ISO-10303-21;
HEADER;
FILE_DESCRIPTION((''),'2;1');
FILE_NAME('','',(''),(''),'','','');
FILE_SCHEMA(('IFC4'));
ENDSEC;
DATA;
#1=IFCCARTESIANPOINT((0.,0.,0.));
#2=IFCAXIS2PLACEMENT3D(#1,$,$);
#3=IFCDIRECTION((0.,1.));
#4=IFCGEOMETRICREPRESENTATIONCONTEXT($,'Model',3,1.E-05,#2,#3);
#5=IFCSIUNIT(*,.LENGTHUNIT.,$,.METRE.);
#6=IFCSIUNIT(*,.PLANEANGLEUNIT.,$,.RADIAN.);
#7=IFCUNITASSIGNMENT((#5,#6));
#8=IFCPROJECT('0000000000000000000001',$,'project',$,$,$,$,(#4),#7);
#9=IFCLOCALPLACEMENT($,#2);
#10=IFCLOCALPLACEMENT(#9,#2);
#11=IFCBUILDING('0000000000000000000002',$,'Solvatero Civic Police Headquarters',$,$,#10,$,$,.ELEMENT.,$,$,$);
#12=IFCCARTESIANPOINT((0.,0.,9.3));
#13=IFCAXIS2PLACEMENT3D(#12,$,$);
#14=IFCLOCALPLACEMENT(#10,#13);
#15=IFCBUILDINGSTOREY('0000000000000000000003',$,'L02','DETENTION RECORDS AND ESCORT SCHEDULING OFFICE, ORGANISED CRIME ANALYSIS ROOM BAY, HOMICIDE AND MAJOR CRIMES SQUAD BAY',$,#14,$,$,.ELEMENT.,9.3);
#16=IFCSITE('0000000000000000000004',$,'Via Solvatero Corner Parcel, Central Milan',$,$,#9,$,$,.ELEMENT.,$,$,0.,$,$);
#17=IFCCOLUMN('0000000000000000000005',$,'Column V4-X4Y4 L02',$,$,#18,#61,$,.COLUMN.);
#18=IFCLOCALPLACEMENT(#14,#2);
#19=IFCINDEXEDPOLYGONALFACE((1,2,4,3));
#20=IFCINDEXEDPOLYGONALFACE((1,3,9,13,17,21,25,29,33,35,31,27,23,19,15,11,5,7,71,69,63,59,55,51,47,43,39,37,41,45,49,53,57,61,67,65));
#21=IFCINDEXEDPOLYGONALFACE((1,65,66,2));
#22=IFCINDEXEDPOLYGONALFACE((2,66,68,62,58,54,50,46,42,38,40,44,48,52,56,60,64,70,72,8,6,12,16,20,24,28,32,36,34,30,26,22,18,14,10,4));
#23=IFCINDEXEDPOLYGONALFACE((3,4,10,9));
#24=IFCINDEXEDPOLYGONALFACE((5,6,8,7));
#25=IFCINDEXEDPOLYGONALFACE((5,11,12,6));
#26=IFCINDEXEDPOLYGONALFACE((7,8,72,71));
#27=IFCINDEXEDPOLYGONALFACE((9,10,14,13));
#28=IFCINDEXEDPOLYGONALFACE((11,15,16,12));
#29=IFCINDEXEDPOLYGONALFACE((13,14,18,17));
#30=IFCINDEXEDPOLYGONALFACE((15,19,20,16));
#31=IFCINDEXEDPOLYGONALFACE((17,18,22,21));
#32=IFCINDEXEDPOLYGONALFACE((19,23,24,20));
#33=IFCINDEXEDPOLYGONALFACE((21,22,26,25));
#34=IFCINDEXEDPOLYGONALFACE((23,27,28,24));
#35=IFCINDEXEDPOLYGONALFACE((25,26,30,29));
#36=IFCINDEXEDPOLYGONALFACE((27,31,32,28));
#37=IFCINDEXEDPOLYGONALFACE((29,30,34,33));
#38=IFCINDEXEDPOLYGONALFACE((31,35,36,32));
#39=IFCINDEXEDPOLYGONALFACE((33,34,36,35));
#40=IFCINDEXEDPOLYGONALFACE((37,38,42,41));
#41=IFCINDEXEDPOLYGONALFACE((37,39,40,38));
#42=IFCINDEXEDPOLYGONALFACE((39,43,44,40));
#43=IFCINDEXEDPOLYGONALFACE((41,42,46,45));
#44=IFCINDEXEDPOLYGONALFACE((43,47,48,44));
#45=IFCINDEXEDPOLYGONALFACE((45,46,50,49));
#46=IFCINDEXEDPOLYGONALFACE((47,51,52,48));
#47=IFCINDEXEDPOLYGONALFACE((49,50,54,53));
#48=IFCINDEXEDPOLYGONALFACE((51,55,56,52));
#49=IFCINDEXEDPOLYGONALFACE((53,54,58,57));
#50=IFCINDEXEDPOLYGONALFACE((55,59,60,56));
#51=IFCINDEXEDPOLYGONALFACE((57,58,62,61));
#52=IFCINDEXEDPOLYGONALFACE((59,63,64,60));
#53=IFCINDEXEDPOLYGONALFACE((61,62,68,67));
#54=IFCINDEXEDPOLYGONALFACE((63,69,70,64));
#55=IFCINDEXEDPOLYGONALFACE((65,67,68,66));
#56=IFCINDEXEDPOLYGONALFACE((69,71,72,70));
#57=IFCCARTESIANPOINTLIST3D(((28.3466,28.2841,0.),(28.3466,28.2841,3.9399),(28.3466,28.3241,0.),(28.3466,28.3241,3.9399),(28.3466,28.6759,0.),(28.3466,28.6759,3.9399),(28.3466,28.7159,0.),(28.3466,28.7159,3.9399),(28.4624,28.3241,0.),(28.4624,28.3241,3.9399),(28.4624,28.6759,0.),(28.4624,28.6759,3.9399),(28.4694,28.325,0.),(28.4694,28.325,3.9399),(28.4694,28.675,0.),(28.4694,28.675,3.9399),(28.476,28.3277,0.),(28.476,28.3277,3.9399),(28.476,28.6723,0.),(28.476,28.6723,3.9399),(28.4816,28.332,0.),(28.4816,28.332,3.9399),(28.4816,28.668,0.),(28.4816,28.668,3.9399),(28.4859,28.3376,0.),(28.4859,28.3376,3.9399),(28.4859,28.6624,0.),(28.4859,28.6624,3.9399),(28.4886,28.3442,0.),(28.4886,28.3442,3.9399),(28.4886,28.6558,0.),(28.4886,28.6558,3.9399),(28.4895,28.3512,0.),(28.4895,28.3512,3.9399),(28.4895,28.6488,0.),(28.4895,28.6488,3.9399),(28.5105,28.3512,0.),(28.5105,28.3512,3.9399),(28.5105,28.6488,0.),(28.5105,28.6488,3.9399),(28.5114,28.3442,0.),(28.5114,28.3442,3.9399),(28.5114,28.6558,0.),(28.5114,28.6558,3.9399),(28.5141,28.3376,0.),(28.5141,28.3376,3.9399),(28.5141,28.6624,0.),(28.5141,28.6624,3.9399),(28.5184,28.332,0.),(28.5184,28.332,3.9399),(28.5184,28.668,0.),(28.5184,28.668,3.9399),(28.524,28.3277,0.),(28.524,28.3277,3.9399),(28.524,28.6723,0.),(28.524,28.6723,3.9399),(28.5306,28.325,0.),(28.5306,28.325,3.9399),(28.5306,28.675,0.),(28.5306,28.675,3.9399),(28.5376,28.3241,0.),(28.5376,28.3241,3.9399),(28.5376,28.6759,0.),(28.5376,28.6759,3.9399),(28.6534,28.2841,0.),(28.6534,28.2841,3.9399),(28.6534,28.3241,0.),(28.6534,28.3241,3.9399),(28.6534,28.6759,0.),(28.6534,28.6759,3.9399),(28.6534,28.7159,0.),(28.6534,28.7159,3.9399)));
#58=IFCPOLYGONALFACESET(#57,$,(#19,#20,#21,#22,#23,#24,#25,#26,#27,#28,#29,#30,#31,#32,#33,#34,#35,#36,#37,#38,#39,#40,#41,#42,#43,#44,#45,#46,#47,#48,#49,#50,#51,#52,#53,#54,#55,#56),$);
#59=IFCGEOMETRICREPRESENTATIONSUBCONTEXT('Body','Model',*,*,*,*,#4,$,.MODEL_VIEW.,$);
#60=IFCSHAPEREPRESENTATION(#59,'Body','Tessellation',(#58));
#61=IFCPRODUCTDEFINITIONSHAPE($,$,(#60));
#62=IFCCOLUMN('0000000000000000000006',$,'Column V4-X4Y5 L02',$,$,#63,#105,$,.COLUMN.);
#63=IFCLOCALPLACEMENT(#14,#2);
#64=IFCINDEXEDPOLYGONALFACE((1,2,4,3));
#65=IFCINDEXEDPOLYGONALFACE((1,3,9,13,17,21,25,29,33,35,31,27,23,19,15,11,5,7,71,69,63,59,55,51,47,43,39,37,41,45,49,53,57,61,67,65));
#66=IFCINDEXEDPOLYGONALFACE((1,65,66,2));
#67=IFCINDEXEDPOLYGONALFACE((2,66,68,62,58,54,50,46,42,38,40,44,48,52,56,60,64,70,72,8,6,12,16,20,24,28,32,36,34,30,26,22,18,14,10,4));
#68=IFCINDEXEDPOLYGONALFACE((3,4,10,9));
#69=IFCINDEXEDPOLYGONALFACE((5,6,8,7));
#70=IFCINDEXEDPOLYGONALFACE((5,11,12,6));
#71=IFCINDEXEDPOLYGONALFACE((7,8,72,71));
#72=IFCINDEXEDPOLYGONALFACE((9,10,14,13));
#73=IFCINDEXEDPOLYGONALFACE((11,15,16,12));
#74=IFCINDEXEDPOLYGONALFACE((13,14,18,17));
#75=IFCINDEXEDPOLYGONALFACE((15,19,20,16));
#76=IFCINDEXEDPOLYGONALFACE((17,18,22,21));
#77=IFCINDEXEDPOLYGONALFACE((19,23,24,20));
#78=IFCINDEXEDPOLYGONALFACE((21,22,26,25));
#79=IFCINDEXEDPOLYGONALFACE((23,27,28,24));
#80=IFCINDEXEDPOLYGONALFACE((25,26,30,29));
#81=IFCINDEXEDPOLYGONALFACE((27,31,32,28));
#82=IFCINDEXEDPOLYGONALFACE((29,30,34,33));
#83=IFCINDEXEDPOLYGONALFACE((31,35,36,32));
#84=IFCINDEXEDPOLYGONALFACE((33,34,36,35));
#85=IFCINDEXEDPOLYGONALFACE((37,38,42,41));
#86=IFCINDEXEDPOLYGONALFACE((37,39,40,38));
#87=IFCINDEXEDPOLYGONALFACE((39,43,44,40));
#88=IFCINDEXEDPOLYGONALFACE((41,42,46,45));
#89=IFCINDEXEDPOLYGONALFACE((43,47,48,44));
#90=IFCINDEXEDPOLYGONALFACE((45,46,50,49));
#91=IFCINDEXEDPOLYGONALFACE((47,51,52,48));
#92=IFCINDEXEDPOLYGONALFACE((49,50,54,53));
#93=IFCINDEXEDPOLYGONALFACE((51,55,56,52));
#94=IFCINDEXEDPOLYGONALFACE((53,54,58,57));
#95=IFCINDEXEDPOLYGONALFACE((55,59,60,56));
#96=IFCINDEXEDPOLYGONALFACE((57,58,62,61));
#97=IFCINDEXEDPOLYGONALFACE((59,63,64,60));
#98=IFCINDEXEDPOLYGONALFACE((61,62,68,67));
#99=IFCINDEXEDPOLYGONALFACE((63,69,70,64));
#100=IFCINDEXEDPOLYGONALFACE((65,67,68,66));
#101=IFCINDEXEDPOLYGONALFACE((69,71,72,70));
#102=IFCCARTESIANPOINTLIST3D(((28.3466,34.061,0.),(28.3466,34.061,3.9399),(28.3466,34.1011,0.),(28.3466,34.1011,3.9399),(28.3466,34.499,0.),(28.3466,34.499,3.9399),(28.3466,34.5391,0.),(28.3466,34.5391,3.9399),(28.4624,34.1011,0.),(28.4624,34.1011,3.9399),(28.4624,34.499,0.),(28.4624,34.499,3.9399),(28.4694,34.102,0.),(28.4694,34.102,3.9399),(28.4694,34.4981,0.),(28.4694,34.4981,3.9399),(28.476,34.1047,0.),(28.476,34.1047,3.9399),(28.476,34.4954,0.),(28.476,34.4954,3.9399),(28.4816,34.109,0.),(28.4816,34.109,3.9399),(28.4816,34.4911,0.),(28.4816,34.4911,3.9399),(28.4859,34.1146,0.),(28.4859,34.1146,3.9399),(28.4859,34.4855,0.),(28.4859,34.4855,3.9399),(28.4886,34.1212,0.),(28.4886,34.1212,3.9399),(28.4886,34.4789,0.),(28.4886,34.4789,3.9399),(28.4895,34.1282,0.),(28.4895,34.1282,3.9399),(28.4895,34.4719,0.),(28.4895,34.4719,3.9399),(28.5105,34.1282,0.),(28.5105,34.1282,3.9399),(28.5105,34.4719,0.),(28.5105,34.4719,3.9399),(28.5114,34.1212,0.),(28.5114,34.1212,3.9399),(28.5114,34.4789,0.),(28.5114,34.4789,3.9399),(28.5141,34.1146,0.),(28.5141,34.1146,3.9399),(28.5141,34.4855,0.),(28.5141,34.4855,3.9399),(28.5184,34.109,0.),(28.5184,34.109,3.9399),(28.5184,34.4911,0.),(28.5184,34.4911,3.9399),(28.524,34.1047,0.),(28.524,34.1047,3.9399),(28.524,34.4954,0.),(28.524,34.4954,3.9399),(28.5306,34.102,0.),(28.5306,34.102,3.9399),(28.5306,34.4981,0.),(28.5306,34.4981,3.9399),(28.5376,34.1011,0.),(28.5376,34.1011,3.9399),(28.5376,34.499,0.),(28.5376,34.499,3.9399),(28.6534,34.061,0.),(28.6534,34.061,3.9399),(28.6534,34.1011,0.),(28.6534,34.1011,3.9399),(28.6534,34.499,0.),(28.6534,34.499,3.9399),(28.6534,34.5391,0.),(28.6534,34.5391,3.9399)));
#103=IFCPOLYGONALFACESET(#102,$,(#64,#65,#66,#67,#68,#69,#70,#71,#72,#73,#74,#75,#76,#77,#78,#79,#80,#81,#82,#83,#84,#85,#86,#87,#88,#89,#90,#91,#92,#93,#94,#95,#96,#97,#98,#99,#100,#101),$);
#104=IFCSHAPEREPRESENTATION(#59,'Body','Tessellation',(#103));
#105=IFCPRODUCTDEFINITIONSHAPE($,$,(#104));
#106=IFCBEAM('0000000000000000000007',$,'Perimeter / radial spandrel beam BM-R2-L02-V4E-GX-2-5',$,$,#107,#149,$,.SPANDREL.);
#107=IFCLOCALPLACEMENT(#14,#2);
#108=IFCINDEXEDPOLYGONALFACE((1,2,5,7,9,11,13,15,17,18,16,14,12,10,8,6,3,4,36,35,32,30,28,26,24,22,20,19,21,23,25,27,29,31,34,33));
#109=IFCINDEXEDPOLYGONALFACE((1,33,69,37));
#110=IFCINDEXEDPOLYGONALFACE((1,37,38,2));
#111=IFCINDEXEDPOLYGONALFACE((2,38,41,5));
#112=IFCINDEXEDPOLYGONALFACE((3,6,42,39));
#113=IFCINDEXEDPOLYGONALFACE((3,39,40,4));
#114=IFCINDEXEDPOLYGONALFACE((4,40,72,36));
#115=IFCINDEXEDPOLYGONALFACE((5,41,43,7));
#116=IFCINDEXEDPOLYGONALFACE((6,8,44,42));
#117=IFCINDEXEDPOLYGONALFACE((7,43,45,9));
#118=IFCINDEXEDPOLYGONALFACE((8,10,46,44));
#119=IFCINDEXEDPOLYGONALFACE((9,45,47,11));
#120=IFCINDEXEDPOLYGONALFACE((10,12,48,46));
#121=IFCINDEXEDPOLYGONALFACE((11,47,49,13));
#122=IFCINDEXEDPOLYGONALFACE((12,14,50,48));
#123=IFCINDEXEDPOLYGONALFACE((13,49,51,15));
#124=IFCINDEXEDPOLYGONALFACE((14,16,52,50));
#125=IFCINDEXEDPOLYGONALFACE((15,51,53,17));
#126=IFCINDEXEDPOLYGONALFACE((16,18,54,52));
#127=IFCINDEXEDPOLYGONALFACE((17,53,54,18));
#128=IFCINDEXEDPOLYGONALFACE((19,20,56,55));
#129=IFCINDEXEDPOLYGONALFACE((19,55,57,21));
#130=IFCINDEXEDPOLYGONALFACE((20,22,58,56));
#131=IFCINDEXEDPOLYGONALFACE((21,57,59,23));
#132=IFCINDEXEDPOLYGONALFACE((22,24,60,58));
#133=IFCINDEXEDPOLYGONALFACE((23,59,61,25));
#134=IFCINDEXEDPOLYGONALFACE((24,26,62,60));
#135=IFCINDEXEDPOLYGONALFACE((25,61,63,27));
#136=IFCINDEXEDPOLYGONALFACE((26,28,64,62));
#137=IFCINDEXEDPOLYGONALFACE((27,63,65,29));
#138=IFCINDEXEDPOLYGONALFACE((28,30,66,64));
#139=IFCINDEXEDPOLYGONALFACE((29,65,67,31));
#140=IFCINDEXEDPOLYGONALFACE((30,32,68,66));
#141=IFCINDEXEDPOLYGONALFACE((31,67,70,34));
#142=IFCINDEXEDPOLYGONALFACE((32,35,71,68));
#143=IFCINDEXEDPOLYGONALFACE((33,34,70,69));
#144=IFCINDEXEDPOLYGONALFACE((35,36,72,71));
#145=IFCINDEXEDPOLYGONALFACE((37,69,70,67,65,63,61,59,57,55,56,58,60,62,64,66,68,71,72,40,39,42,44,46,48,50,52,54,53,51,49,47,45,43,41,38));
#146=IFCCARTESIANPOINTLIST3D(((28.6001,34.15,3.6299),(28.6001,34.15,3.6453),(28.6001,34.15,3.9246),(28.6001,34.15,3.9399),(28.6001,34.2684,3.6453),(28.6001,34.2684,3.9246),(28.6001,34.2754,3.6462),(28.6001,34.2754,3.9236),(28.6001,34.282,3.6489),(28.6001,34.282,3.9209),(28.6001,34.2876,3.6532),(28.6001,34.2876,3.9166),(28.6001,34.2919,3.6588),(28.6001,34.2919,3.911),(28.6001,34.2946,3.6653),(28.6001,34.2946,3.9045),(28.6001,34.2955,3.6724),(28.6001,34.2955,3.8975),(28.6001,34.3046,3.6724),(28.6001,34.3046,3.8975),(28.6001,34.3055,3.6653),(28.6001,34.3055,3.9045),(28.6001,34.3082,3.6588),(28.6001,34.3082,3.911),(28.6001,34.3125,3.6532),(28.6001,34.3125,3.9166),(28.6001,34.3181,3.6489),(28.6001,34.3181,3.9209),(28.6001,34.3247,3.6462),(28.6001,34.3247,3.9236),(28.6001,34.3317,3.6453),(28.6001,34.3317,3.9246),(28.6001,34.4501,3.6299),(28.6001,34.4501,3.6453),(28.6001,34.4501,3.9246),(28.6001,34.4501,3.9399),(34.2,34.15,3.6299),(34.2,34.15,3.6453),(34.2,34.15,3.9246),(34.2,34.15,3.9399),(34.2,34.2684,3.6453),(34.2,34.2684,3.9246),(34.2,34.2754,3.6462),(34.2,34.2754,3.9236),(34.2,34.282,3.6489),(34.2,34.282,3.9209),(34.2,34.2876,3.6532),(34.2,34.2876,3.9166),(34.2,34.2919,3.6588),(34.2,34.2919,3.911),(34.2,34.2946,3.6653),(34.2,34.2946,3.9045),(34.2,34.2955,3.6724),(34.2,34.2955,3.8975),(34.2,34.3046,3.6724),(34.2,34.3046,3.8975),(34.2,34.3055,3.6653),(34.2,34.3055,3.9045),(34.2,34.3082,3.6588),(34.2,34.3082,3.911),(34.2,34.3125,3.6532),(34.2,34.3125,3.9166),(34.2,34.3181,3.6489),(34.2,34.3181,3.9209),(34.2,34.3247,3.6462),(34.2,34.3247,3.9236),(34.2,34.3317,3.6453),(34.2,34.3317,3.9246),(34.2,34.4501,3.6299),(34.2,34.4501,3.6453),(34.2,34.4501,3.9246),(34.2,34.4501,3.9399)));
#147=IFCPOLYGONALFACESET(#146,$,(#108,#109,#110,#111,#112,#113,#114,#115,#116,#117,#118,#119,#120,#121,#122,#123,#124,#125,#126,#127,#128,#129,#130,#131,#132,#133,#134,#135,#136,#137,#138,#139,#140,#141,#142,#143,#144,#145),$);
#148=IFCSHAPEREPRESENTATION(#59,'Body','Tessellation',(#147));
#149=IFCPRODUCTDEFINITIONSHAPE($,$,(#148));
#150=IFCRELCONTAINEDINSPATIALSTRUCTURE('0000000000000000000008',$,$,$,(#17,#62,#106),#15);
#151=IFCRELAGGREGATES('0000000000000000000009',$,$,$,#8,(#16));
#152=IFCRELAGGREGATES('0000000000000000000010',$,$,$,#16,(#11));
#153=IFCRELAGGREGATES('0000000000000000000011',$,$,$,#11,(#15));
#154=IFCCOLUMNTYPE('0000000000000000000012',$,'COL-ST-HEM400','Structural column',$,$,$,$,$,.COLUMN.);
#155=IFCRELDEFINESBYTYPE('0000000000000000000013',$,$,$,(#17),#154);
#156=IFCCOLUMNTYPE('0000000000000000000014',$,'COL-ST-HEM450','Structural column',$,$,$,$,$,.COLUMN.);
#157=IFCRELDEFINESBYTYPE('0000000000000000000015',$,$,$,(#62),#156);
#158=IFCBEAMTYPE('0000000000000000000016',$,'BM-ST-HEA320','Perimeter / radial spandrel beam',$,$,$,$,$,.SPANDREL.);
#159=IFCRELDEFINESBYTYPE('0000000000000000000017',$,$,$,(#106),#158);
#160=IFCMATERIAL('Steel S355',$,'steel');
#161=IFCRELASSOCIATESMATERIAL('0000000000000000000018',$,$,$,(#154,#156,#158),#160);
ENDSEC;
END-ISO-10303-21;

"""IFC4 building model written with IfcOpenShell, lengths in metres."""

from ifc_helpers import new_model, si_unit, direction, frame, origin, origin_2d, place, context, subcontext, project, spatial, i_section, extrude, material, material_profile, profile_set, type_object, element, save


model = new_model("IFC4")

# Units and contexts
model_context = context("Model", 3, precision=1e-05, world=origin(), true_north=direction((0.0, 1.0)))
body_context = subcontext(model_context, "Body", "Model", "MODEL_VIEW")
ifc_project = project(units=[si_unit("LENGTHUNIT", "METRE"), si_unit("PLANEANGLEUNIT", "RADIAN")], contexts=[model_context])

# Site, building, storey
site_placement = place(None, origin())
site = spatial("IfcSite", under=ifc_project, at=site_placement, Name="Via Solvatero Corner Parcel, Central Milan", CompositionType="ELEMENT", RefElevation=0.0)
building_placement = place(site_placement, origin())
building = spatial("IfcBuilding", under=site, at=building_placement, Name="Solvatero Civic Police Headquarters", CompositionType="ELEMENT")
storey_placement = place(building_placement, frame((0.0, 0.0, 9.3)))
storey = spatial("IfcBuildingStorey", under=building, at=storey_placement, Name="L02", Description="DETENTION RECORDS AND ESCORT SCHEDULING OFFICE, ORGANISED CRIME ANALYSIS ROOM BAY, HOMICIDE AND MAJOR CRIMES SQUAD BAY", CompositionType="ELEMENT", Elevation=9.3)

# Columns
ifc_material_1 = material(Name="Steel S355", Category="steel")
ifc_material_profile_1 = material_profile(ifc_material_1, i_section(OverallWidth=0.3069, OverallDepth=0.4319, WebThickness=0.021, FlangeThickness=0.04, FilletRadius=0.0271, at=origin_2d()), Name="HEM 400")
ifc_profile_set_1 = profile_set([ifc_material_profile_1], Name="Steel S355")
column_type_1 = type_object("IfcColumnType", Name="COL-ST-HEM400", Description="Structural column", PredefinedType="COLUMN", material=ifc_profile_set_1)
column_1_placement = place(storey_placement, frame((28.5, 28.5, 0.0), z_axis=(0.0, 0.0, 1.0), x_axis=(1.0, 0.0, 0.0)))
element("IfcColumn", 1, at=column_1_placement, inside=storey, type_object=column_type_1, Name="Column V4-X4Y4 L02", PredefinedType="COLUMN", context=body_context, shape_type="SweptSolid", body=[
    extrude(i_section(OverallWidth=0.3069, OverallDepth=0.4319, WebThickness=0.021, FlangeThickness=0.04, FilletRadius=0.0271, at=origin_2d()), origin(), (0.0, 0.0, 1.0), 3.9399),
])
ifc_material_profile_2 = material_profile(ifc_material_1, i_section(OverallWidth=0.3069, OverallDepth=0.478, WebThickness=0.021, FlangeThickness=0.04, FilletRadius=0.0271, at=origin_2d()), Name="HEM 450")
ifc_profile_set_2 = profile_set([ifc_material_profile_2], Name="Steel S355")
column_type_2 = type_object("IfcColumnType", Name="COL-ST-HEM450", Description="Structural column", PredefinedType="COLUMN", material=ifc_profile_set_2)
column_2_placement = place(storey_placement, frame((28.5, 34.3, 0.0), z_axis=(0.0, 0.0, 1.0), x_axis=(1.0, 0.0, 0.0)))
element("IfcColumn", 2, at=column_2_placement, inside=storey, type_object=column_type_2, Name="Column V4-X4Y5 L02", PredefinedType="COLUMN", context=body_context, shape_type="SweptSolid", body=[
    extrude(i_section(OverallWidth=0.3069, OverallDepth=0.478, WebThickness=0.021, FlangeThickness=0.04, FilletRadius=0.0271, at=origin_2d()), origin(), (0.0, 0.0, 1.0), 3.9399),
])

# Beam
ifc_material_profile_3 = material_profile(ifc_material_1, i_section(OverallWidth=0.3, OverallDepth=0.3101, WebThickness=0.009, FlangeThickness=0.0154, FilletRadius=0.0271, at=origin_2d()), Name="HEA 320")
ifc_profile_set_3 = profile_set([ifc_material_profile_3], Name="Steel S355")
beam_type_1 = type_object("IfcBeamType", Name="BM-ST-HEA320", Description="Perimeter / radial spandrel beam", PredefinedType="SPANDREL", material=ifc_profile_set_3)
beam_1_placement = place(storey_placement, frame((28.6001, 34.3, 3.7849), z_axis=(1.0, 0.0, 0.0), x_axis=(0.0, 1.0, 0.0)))
element("IfcBeam", 3, at=beam_1_placement, inside=storey, type_object=beam_type_1, Name="Perimeter / radial spandrel beam BM-R2-L02-V4E-GX-2-5", PredefinedType="SPANDREL", context=body_context, shape_type="SweptSolid", body=[
    extrude(i_section(OverallWidth=0.3, OverallDepth=0.3101, WebThickness=0.009, FlangeThickness=0.0154, FilletRadius=0.0271, at=origin_2d()), origin(), (0.0, 0.0, 1.0), 5.5999),
])

save(model, "model.ifc")
